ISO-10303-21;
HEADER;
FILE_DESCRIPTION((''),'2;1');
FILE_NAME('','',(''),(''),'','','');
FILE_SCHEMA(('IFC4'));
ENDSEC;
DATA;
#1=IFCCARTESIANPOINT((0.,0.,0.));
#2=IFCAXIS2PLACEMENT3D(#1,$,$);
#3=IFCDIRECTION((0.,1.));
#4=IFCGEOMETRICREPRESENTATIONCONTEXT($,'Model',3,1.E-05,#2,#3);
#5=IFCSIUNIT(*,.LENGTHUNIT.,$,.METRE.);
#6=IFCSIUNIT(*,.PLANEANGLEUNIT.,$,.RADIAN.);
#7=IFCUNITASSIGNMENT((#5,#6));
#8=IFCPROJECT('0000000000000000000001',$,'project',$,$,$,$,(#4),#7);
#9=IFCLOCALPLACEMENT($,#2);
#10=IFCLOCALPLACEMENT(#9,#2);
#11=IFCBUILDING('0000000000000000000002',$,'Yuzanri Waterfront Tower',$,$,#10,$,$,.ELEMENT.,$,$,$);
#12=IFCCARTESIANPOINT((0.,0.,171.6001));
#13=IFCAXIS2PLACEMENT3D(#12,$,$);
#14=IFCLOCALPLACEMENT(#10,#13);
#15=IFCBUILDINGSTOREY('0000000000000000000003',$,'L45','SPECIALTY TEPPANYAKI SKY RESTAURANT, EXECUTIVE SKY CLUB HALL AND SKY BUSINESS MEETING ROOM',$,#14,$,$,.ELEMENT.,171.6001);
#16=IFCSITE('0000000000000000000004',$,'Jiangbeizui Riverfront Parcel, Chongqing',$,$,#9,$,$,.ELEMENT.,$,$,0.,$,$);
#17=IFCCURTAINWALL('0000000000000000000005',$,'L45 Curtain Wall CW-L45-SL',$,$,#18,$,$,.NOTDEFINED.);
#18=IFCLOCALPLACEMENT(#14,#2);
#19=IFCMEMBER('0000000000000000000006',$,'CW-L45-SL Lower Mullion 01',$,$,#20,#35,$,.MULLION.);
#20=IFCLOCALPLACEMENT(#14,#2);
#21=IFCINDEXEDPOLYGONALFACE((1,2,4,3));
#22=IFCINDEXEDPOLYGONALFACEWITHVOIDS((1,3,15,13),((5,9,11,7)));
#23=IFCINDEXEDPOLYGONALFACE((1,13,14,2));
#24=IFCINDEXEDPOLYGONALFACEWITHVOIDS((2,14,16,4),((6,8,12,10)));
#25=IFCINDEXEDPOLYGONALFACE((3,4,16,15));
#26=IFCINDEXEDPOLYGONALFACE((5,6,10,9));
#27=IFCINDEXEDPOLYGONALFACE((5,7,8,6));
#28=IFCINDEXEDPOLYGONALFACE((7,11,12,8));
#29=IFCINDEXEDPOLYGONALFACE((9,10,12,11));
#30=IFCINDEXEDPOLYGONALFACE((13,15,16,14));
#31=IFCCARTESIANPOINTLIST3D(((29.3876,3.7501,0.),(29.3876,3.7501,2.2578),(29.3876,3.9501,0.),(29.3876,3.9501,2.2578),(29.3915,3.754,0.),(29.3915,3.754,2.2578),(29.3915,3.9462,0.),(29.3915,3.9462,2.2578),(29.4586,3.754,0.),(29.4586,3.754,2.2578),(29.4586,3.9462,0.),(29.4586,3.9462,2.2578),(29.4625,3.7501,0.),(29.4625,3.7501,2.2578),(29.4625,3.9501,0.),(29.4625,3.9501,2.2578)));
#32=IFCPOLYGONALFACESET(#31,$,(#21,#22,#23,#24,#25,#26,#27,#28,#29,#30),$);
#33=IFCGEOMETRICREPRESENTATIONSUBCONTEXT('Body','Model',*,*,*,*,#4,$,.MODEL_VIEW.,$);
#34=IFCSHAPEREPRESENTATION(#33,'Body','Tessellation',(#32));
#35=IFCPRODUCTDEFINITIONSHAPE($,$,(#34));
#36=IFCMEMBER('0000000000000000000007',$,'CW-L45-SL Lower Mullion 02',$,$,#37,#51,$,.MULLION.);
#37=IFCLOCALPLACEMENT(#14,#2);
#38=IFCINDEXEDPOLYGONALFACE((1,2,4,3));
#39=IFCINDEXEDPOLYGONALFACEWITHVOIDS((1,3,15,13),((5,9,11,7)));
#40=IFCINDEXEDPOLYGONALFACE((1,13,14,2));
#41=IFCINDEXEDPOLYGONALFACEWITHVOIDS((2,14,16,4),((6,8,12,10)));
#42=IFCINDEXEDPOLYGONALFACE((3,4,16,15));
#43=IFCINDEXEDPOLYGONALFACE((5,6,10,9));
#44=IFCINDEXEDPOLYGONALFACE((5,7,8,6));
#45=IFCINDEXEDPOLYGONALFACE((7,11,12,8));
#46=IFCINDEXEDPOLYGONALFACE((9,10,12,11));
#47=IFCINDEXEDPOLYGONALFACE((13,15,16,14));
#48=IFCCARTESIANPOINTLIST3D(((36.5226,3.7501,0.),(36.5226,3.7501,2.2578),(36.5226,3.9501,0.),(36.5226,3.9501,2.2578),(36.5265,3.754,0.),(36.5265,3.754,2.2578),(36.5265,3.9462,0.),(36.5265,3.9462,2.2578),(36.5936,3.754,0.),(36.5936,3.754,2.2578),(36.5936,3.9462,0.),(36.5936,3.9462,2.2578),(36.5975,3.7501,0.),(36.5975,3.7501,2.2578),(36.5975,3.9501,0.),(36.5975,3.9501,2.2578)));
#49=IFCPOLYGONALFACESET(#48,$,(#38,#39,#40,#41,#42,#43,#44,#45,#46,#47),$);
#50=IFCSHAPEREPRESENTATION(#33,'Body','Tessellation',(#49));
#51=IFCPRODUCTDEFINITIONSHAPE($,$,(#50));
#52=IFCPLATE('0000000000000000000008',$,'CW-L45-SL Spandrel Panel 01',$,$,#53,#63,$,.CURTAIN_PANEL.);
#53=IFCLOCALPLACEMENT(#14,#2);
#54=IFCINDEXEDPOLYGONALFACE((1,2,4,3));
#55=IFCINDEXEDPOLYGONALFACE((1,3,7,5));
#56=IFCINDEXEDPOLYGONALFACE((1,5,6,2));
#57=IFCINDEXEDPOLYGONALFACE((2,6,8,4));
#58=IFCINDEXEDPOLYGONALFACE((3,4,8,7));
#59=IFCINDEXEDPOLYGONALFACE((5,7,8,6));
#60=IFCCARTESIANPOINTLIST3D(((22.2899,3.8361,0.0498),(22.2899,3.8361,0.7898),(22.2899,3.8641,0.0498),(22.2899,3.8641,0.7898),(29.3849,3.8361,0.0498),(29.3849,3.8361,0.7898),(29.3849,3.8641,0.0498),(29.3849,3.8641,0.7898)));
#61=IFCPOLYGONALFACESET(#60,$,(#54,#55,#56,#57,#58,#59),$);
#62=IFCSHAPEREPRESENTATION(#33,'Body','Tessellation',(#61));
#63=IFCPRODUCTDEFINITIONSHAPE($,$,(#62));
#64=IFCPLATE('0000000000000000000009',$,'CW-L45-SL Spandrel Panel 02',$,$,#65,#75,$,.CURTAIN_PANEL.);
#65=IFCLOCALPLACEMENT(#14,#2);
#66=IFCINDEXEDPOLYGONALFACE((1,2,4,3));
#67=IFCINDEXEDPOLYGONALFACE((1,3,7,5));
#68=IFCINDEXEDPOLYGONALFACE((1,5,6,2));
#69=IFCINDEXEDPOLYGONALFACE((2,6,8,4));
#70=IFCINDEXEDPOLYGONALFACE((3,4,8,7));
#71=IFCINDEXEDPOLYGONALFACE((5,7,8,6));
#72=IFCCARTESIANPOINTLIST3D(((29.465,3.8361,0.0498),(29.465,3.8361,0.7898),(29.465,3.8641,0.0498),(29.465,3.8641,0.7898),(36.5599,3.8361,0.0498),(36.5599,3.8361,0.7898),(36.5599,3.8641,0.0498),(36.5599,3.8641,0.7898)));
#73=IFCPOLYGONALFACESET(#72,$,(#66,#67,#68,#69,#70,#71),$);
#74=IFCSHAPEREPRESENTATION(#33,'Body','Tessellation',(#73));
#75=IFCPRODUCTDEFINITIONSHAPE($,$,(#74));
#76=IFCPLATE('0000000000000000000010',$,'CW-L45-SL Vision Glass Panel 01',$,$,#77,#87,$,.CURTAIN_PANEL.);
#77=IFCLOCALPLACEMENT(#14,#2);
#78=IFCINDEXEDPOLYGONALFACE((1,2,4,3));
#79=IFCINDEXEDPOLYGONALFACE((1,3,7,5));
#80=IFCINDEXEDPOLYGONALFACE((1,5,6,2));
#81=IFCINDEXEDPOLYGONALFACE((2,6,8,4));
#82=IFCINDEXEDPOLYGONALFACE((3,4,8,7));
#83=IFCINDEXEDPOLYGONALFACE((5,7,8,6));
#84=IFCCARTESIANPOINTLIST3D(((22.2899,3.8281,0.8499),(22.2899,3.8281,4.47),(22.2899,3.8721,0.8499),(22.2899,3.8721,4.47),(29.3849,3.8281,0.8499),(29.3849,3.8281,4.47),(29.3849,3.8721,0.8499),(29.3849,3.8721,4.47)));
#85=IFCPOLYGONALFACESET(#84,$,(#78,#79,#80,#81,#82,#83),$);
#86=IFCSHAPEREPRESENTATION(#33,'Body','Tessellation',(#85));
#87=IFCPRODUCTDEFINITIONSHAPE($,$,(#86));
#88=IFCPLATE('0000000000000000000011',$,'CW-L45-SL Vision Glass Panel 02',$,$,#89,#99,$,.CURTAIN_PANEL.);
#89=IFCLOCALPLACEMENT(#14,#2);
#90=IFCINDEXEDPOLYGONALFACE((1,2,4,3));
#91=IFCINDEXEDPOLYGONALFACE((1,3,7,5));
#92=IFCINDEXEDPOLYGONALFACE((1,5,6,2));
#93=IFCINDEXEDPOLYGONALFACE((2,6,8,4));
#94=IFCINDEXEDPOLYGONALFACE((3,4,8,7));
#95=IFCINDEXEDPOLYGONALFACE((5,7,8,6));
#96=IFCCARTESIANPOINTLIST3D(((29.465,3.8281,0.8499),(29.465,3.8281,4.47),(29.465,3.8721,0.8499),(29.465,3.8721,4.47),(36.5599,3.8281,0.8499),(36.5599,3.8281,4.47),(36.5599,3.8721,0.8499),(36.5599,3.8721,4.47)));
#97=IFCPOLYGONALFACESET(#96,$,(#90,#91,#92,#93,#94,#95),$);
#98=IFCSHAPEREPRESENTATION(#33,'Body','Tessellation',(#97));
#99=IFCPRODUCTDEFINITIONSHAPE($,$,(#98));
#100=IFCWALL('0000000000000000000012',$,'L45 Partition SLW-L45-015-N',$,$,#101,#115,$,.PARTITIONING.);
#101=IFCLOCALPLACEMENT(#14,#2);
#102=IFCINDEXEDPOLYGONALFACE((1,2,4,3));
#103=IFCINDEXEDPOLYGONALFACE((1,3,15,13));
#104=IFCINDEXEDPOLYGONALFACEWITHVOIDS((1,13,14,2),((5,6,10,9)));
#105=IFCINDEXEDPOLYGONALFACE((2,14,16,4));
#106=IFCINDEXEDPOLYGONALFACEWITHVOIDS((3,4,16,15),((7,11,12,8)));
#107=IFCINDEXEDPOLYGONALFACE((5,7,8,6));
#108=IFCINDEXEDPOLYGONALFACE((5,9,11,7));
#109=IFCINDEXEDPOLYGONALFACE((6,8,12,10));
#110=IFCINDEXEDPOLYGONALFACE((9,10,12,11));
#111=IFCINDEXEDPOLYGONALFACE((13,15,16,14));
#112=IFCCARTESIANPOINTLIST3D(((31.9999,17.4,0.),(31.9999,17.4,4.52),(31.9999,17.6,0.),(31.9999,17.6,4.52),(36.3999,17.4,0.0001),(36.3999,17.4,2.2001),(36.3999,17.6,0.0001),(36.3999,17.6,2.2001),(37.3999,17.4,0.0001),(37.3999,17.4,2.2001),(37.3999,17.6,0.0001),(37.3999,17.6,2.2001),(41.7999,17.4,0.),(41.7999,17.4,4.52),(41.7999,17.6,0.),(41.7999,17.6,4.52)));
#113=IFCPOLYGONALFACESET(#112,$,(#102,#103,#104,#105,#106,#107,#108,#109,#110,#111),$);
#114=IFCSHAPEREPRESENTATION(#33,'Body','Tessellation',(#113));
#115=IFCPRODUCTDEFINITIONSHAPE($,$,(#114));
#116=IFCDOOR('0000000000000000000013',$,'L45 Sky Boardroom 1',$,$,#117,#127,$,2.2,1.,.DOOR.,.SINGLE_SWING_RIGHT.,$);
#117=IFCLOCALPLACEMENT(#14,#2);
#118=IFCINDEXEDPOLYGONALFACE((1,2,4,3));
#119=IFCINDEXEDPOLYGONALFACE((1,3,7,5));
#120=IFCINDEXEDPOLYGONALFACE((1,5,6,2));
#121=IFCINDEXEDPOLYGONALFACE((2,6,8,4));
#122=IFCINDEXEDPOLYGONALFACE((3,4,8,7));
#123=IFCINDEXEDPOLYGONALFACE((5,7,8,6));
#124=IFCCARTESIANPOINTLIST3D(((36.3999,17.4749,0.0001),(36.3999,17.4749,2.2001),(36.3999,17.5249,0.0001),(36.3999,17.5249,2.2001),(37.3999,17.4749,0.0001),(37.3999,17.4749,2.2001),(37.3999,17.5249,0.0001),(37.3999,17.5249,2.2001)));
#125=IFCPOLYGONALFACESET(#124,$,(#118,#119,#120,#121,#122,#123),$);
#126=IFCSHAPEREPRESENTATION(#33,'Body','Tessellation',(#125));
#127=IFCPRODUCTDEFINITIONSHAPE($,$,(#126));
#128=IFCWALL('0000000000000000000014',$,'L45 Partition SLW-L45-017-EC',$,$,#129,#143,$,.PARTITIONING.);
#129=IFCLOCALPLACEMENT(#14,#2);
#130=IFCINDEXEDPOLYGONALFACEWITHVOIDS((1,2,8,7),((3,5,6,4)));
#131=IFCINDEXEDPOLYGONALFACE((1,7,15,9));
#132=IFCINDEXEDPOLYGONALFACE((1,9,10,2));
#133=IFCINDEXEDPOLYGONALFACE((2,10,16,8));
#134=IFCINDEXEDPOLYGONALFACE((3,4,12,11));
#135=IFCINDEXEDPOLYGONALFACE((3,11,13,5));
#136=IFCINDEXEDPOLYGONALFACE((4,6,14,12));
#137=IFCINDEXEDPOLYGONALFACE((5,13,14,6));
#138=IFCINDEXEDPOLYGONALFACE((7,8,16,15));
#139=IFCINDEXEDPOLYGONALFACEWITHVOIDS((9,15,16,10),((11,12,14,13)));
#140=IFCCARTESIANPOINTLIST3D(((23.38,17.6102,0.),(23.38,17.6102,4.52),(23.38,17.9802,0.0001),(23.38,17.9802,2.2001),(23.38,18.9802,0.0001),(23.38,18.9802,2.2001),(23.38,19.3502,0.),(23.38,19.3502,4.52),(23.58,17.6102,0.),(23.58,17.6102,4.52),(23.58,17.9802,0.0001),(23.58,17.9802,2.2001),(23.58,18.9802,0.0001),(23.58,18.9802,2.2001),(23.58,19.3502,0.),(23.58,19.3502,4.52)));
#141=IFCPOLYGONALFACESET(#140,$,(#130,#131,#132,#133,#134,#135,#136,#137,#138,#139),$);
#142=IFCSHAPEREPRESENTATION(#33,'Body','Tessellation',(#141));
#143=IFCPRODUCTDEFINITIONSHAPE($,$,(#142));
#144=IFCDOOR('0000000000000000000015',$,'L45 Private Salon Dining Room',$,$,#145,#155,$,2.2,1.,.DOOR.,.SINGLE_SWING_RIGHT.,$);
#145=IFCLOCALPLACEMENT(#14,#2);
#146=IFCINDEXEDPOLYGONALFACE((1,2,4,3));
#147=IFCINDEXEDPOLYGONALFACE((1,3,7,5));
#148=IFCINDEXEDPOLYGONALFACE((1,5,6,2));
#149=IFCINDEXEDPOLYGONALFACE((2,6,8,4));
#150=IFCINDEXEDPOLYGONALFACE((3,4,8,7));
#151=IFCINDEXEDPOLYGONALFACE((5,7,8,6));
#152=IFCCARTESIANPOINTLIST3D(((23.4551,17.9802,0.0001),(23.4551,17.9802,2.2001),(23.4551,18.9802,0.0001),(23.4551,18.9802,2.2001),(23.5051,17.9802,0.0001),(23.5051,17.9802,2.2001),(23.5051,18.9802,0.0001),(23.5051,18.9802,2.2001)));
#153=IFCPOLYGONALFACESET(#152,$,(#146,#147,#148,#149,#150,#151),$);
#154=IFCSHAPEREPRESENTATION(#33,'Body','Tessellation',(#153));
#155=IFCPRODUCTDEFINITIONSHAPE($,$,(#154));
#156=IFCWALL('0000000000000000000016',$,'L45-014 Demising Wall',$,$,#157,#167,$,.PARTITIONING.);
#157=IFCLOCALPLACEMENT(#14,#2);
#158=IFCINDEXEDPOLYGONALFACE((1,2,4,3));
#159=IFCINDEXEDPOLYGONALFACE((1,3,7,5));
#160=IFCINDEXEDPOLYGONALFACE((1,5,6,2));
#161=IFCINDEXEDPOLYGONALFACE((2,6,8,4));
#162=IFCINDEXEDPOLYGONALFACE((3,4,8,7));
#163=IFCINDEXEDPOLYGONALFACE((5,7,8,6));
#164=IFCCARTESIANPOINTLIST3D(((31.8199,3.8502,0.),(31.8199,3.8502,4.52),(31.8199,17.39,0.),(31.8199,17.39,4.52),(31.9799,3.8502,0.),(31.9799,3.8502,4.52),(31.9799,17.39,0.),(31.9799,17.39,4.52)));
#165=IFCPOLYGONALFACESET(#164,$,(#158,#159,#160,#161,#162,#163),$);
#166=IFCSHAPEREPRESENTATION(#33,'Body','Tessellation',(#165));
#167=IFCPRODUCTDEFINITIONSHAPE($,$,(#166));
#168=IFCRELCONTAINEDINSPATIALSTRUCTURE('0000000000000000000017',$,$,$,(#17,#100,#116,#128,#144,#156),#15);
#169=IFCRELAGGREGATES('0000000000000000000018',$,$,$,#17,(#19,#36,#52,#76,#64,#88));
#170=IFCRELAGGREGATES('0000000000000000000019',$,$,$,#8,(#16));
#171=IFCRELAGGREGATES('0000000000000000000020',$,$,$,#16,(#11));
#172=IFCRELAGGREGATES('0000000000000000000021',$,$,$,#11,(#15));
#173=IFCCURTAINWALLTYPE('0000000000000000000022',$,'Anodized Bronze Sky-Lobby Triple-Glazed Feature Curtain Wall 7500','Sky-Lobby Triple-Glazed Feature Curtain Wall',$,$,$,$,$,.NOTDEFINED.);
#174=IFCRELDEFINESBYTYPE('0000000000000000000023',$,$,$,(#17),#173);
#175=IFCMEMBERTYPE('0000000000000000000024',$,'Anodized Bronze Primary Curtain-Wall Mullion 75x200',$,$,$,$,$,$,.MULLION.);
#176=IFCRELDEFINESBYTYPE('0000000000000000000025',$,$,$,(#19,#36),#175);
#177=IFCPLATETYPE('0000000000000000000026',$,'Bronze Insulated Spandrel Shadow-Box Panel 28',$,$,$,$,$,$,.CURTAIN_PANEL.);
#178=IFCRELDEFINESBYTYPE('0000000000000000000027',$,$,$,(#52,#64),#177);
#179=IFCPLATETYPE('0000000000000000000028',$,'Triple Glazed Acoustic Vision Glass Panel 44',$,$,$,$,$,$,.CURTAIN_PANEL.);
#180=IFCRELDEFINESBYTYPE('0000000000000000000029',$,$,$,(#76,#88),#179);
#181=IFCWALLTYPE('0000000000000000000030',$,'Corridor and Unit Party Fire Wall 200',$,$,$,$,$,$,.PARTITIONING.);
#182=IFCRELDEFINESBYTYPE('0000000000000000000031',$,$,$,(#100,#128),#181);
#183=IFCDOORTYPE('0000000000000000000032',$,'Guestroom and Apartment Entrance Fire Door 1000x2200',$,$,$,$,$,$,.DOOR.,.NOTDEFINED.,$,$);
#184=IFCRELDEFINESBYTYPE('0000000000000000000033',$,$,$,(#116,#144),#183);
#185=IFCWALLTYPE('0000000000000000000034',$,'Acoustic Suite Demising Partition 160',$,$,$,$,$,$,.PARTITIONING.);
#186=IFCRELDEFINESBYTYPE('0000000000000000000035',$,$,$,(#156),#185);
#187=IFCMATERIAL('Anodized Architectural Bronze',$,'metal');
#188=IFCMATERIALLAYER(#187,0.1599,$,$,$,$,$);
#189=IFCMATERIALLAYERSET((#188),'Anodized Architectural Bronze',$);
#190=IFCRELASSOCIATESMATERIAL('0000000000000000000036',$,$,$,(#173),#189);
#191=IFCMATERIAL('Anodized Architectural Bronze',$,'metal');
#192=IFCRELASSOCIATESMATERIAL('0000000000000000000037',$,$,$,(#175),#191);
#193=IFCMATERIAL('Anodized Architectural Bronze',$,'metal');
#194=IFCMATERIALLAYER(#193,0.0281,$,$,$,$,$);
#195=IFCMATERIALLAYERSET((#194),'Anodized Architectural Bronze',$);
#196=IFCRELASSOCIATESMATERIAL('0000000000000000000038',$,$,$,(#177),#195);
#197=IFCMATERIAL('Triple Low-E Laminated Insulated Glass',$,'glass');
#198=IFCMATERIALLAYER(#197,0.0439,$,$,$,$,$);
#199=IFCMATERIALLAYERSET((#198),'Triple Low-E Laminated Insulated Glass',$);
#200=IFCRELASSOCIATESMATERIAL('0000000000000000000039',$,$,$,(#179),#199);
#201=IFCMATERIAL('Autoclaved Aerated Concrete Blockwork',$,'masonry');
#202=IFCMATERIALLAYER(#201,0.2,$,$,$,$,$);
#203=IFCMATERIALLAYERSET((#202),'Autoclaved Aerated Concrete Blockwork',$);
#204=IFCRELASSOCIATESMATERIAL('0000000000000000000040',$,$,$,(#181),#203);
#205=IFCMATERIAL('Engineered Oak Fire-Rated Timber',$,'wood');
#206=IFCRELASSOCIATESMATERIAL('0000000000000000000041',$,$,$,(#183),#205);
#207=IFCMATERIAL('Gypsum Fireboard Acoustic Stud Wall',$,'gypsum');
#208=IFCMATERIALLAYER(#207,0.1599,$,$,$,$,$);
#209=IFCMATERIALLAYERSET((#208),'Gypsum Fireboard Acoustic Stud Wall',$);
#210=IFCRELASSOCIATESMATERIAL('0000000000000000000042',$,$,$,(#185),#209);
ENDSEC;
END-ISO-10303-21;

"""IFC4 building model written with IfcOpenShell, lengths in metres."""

from ifc_helpers import new_model, si_unit, direction, frame, frame_2d, origin, origin_2d, place, context, subcontext, project, spatial, rectangle, hollow_rectangle, extrude, source, transform, mapped, material, layer, layer_set, material_profile, profile_set, type_object, element, fill, aggregate, save


model = new_model("IFC4")

# Units and contexts
model_context = context("Model", 3, precision=1e-05, world=origin(), true_north=direction((0.0, 1.0)))
body_context = subcontext(model_context, "Body", "Model", "MODEL_VIEW")
ifc_project = project(units=[si_unit("LENGTHUNIT", "METRE"), si_unit("PLANEANGLEUNIT", "RADIAN")], contexts=[model_context])

# Site, building, storey
site_placement = place(None, origin())
site = spatial("IfcSite", under=ifc_project, at=site_placement, Name="Jiangbeizui Riverfront Parcel, Chongqing", CompositionType="ELEMENT", RefElevation=0.0)
building_placement = place(site_placement, origin())
building = spatial("IfcBuilding", under=site, at=building_placement, Name="Yuzanri Waterfront Tower", CompositionType="ELEMENT")
storey_placement = place(building_placement, frame((0.0, 0.0, 171.6001)))
storey = spatial("IfcBuildingStorey", under=building, at=storey_placement, Name="L45", Description="SPECIALTY TEPPANYAKI SKY RESTAURANT, EXECUTIVE SKY CLUB HALL AND SKY BUSINESS MEETING ROOM", CompositionType="ELEMENT", Elevation=171.6001)

# Curtain wall, members, plates
ifc_material_1 = material(Name="Anodized Architectural Bronze", Category="metal")
ifc_layer_1 = layer(ifc_material_1, 0.1599)
ifc_layer_set_1 = layer_set([ifc_layer_1], Name="Anodized Architectural Bronze")
curtain_wall_type = type_object("IfcCurtainWallType", Name="Anodized Bronze Sky-Lobby Triple-Glazed Feature Curtain Wall 7500", Description="Sky-Lobby Triple-Glazed Feature Curtain Wall", PredefinedType="NOTDEFINED", material=ifc_layer_set_1)
curtain_wall_placement = place(storey_placement, origin())
curtain_wall = element("IfcCurtainWall", 1, at=curtain_wall_placement, inside=storey, type_object=curtain_wall_type, Name="L45 Curtain Wall CW-L45-SL", PredefinedType="NOTDEFINED")
ifc_material_2 = material(Name="Anodized Architectural Bronze", Category="metal")
ifc_material_profile_1 = material_profile(ifc_material_2, hollow_rectangle(XDim=0.075, YDim=0.2, WallThickness=0.0039, at=origin_2d()), Name="CWM 75x200")
ifc_profile_set_1 = profile_set([ifc_material_profile_1], Name="Anodized Architectural Bronze")
member_type = type_object("IfcMemberType", Name="Anodized Bronze Primary Curtain-Wall Mullion 75x200", PredefinedType="MULLION", material=ifc_profile_set_1)
shared_shape_1 = source(origin(), body_context, "Body", "SweptSolid", [
    extrude(hollow_rectangle(XDim=0.075, YDim=0.2, WallThickness=0.0039, at=origin_2d()), origin(), (0.0, 0.0, 1.0), 2.2578),
])
member_1_placement = place(storey_placement, frame((29.425, 3.8501, 0.0), z_axis=(0.0, 0.0, 1.0), x_axis=(1.0, 0.0, 0.0)))
member_1 = element("IfcMember", 2, at=member_1_placement, type_object=member_type, Name="CW-L45-SL Lower Mullion 01", PredefinedType="MULLION", context=body_context, shape_type="MappedRepresentation", body=[
    mapped(shared_shape_1, transform((0.0, 0.0, 0.0), scale=1.0)),
])
member_2_placement = place(storey_placement, frame((36.5601, 3.8501, 0.0), z_axis=(0.0, 0.0, 1.0), x_axis=(1.0, 0.0, 0.0)))
member_2 = element("IfcMember", 3, at=member_2_placement, type_object=member_type, Name="CW-L45-SL Lower Mullion 02", PredefinedType="MULLION", context=body_context, shape_type="MappedRepresentation", body=[
    mapped(shared_shape_1, transform((0.0, 0.0, 0.0), scale=1.0)),
])
ifc_material_3 = material(Name="Anodized Architectural Bronze", Category="metal")
ifc_layer_2 = layer(ifc_material_3, 0.0281)
ifc_layer_set_2 = layer_set([ifc_layer_2], Name="Anodized Architectural Bronze")
plate_type_1 = type_object("IfcPlateType", Name="Bronze Insulated Spandrel Shadow-Box Panel 28", PredefinedType="CURTAIN_PANEL", material=ifc_layer_set_2)
shared_shape_2 = source(origin(), body_context, "Body", "SweptSolid", [
    extrude(rectangle(XDim=7.095, YDim=0.0281, at=origin_2d()), origin(), (0.0, 0.0, 1.0), 0.74),
])
plate_1_placement = place(storey_placement, frame((25.8374, 3.8501, 0.0498), z_axis=(0.0, 0.0, 1.0), x_axis=(1.0, 0.0, 0.0)))
plate_1 = element("IfcPlate", 4, at=plate_1_placement, type_object=plate_type_1, Name="CW-L45-SL Spandrel Panel 01", PredefinedType="CURTAIN_PANEL", context=body_context, shape_type="MappedRepresentation", body=[
    mapped(shared_shape_2, transform((0.0, 0.0, 0.0), scale=1.0)),
])
plate_2_placement = place(storey_placement, frame((33.0125, 3.8501, 0.0498), z_axis=(0.0, 0.0, 1.0), x_axis=(1.0, 0.0, 0.0)))
plate_2 = element("IfcPlate", 5, at=plate_2_placement, type_object=plate_type_1, Name="CW-L45-SL Spandrel Panel 02", PredefinedType="CURTAIN_PANEL", context=body_context, shape_type="MappedRepresentation", body=[
    mapped(shared_shape_2, transform((0.0, 0.0, 0.0), scale=1.0)),
])
ifc_material_4 = material(Name="Triple Low-E Laminated Insulated Glass", Category="glass")
ifc_layer_3 = layer(ifc_material_4, 0.0439)
ifc_layer_set_3 = layer_set([ifc_layer_3], Name="Triple Low-E Laminated Insulated Glass")
plate_type_2 = type_object("IfcPlateType", Name="Triple Glazed Acoustic Vision Glass Panel 44", PredefinedType="CURTAIN_PANEL", material=ifc_layer_set_3)
shared_shape_3 = source(origin(), body_context, "Body", "SweptSolid", [
    extrude(rectangle(XDim=7.095, YDim=0.0439, at=origin_2d()), origin(), (0.0, 0.0, 1.0), 3.6201),
])
plate_3_placement = place(storey_placement, frame((25.8374, 3.8501, 0.8499), z_axis=(0.0, 0.0, 1.0), x_axis=(1.0, 0.0, 0.0)))
plate_3 = element("IfcPlate", 6, at=plate_3_placement, type_object=plate_type_2, Name="CW-L45-SL Vision Glass Panel 01", PredefinedType="CURTAIN_PANEL", context=body_context, shape_type="MappedRepresentation", body=[
    mapped(shared_shape_3, transform((0.0, 0.0, 0.0), scale=1.0)),
])
plate_4_placement = place(storey_placement, frame((33.0125, 3.8501, 0.8499), z_axis=(0.0, 0.0, 1.0), x_axis=(1.0, 0.0, 0.0)))
plate_4 = element("IfcPlate", 7, at=plate_4_placement, type_object=plate_type_2, Name="CW-L45-SL Vision Glass Panel 02", PredefinedType="CURTAIN_PANEL", context=body_context, shape_type="MappedRepresentation", body=[
    mapped(shared_shape_3, transform((0.0, 0.0, 0.0), scale=1.0)),
])
aggregate(curtain_wall, [member_1, member_2, plate_1, plate_3, plate_2, plate_4])

# Walls, openings, doors
ifc_material_5 = material(Name="Autoclaved Aerated Concrete Blockwork", Category="masonry")
ifc_layer_4 = layer(ifc_material_5, 0.2)
ifc_layer_set_4 = layer_set([ifc_layer_4], Name="Autoclaved Aerated Concrete Blockwork")
wall_type_1 = type_object("IfcWallType", Name="Corridor and Unit Party Fire Wall 200", PredefinedType="PARTITIONING", material=ifc_layer_set_4)
wall_1_placement = place(storey_placement, frame((32.0, 17.5, 0.0), z_axis=(0.0, 0.0, 1.0), x_axis=(1.0, 0.0, 0.0)))
wall_1 = element("IfcWall", 8, at=wall_1_placement, inside=storey, type_object=wall_type_1, Name="L45 Partition SLW-L45-015-N", PredefinedType="PARTITIONING", context=body_context, shape_type="SweptSolid", body=[
    extrude(rectangle(XDim=9.8, YDim=0.2, at=frame_2d((4.8999, 0.0))), origin(), (0.0, 0.0, 1.0), 4.52),
])
opening_1_placement = place(wall_1_placement, frame((4.3999, 0.0, 0.0)))
opening_1 = element("IfcOpeningElement", 9, at=opening_1_placement, cuts=wall_1, PredefinedType="OPENING", context=body_context, shape_type="SweptSolid", body=[
    extrude(rectangle(XDim=1.0, YDim=2.2, at=frame_2d((0.5, 1.1001))), frame((0.0, 0.1147, 0.0), z_axis=(0.0, -1.0, 0.0), x_axis=(1.0, 0.0, 0.0)), (0.0, 0.0, 1.0), 0.2297),
])
ifc_material_6 = material(Name="Engineered Oak Fire-Rated Timber", Category="wood")
door_type = type_object("IfcDoorType", Name="Guestroom and Apartment Entrance Fire Door 1000x2200", OperationType="NOTDEFINED", PredefinedType="DOOR", material=ifc_material_6)
shared_shape_4 = source(origin(), body_context, "Body", "SweptSolid", [
    extrude(rectangle(XDim=1.0, YDim=2.2, at=frame_2d((0.5, 1.1001))), frame((0.0, 0.0249, 0.0), z_axis=(0.0, -1.0, 0.0), x_axis=(1.0, 0.0, 0.0)), (0.0, 0.0, 1.0), 0.05),
])
door_1_placement = place(opening_1_placement, origin())
door_1 = element("IfcDoor", 10, at=door_1_placement, inside=storey, type_object=door_type, Name="L45 Sky Boardroom 1", OperationType="SINGLE_SWING_RIGHT", OverallHeight=2.2, OverallWidth=1.0, PredefinedType="DOOR", context=body_context, shape_type="MappedRepresentation", body=[
    mapped(shared_shape_4, transform((0.0, 0.0, 0.0), scale=1.0)),
])
fill(opening_1, door_1)
wall_2_placement = place(storey_placement, frame((23.48, 17.6101, 0.0), z_axis=(0.0, 0.0, 1.0), x_axis=(0.0, 1.0, 0.0)))
wall_2 = element("IfcWall", 11, at=wall_2_placement, inside=storey, type_object=wall_type_1, Name="L45 Partition SLW-L45-017-EC", PredefinedType="PARTITIONING", context=body_context, shape_type="SweptSolid", body=[
    extrude(rectangle(XDim=1.74, YDim=0.2, at=frame_2d((0.8701, 0.0))), origin(), (0.0, 0.0, 1.0), 4.52),
])
opening_2_placement = place(wall_2_placement, frame((0.3701, 0.0, 0.0)))
opening_2 = element("IfcOpeningElement", 12, at=opening_2_placement, cuts=wall_2, PredefinedType="OPENING", context=body_context, shape_type="SweptSolid", body=[
    extrude(rectangle(XDim=1.0, YDim=2.2, at=frame_2d((0.5, 1.1001))), frame((0.0, 0.1147, 0.0), z_axis=(0.0, -1.0, 0.0), x_axis=(1.0, 0.0, 0.0)), (0.0, 0.0, 1.0), 0.2297),
])
door_2_placement = place(opening_2_placement, origin())
door_2 = element("IfcDoor", 13, at=door_2_placement, inside=storey, type_object=door_type, Name="L45 Private Salon Dining Room", OperationType="SINGLE_SWING_RIGHT", OverallHeight=2.2, OverallWidth=1.0, PredefinedType="DOOR", context=body_context, shape_type="MappedRepresentation", body=[
    mapped(shared_shape_4, transform((0.0, 0.0, 0.0), scale=1.0)),
])
fill(opening_2, door_2)

# Wall
ifc_material_7 = material(Name="Gypsum Fireboard Acoustic Stud Wall", Category="gypsum")
ifc_layer_5 = layer(ifc_material_7, 0.1599)
ifc_layer_set_5 = layer_set([ifc_layer_5], Name="Gypsum Fireboard Acoustic Stud Wall")
wall_type_2 = type_object("IfcWallType", Name="Acoustic Suite Demising Partition 160", PredefinedType="PARTITIONING", material=ifc_layer_set_5)
shared_shape_5 = source(origin(), body_context, "Body", "SweptSolid", [
    extrude(rectangle(XDim=13.5398, YDim=0.1599, at=frame_2d((6.77, 0.0))), origin(), (0.0, 0.0, 1.0), 4.52),
])
wall_3_placement = place(storey_placement, frame((31.8999, 3.8501, 0.0), z_axis=(0.0, 0.0, 1.0), x_axis=(0.0, 1.0, 0.0)))
element("IfcWall", 14, at=wall_3_placement, inside=storey, type_object=wall_type_2, Name="L45-014 Demising Wall", PredefinedType="PARTITIONING", context=body_context, shape_type="MappedRepresentation", body=[
    mapped(shared_shape_5, transform((0.0, 0.0, 0.0), scale=1.0)),
])

save(model, "model.ifc")
